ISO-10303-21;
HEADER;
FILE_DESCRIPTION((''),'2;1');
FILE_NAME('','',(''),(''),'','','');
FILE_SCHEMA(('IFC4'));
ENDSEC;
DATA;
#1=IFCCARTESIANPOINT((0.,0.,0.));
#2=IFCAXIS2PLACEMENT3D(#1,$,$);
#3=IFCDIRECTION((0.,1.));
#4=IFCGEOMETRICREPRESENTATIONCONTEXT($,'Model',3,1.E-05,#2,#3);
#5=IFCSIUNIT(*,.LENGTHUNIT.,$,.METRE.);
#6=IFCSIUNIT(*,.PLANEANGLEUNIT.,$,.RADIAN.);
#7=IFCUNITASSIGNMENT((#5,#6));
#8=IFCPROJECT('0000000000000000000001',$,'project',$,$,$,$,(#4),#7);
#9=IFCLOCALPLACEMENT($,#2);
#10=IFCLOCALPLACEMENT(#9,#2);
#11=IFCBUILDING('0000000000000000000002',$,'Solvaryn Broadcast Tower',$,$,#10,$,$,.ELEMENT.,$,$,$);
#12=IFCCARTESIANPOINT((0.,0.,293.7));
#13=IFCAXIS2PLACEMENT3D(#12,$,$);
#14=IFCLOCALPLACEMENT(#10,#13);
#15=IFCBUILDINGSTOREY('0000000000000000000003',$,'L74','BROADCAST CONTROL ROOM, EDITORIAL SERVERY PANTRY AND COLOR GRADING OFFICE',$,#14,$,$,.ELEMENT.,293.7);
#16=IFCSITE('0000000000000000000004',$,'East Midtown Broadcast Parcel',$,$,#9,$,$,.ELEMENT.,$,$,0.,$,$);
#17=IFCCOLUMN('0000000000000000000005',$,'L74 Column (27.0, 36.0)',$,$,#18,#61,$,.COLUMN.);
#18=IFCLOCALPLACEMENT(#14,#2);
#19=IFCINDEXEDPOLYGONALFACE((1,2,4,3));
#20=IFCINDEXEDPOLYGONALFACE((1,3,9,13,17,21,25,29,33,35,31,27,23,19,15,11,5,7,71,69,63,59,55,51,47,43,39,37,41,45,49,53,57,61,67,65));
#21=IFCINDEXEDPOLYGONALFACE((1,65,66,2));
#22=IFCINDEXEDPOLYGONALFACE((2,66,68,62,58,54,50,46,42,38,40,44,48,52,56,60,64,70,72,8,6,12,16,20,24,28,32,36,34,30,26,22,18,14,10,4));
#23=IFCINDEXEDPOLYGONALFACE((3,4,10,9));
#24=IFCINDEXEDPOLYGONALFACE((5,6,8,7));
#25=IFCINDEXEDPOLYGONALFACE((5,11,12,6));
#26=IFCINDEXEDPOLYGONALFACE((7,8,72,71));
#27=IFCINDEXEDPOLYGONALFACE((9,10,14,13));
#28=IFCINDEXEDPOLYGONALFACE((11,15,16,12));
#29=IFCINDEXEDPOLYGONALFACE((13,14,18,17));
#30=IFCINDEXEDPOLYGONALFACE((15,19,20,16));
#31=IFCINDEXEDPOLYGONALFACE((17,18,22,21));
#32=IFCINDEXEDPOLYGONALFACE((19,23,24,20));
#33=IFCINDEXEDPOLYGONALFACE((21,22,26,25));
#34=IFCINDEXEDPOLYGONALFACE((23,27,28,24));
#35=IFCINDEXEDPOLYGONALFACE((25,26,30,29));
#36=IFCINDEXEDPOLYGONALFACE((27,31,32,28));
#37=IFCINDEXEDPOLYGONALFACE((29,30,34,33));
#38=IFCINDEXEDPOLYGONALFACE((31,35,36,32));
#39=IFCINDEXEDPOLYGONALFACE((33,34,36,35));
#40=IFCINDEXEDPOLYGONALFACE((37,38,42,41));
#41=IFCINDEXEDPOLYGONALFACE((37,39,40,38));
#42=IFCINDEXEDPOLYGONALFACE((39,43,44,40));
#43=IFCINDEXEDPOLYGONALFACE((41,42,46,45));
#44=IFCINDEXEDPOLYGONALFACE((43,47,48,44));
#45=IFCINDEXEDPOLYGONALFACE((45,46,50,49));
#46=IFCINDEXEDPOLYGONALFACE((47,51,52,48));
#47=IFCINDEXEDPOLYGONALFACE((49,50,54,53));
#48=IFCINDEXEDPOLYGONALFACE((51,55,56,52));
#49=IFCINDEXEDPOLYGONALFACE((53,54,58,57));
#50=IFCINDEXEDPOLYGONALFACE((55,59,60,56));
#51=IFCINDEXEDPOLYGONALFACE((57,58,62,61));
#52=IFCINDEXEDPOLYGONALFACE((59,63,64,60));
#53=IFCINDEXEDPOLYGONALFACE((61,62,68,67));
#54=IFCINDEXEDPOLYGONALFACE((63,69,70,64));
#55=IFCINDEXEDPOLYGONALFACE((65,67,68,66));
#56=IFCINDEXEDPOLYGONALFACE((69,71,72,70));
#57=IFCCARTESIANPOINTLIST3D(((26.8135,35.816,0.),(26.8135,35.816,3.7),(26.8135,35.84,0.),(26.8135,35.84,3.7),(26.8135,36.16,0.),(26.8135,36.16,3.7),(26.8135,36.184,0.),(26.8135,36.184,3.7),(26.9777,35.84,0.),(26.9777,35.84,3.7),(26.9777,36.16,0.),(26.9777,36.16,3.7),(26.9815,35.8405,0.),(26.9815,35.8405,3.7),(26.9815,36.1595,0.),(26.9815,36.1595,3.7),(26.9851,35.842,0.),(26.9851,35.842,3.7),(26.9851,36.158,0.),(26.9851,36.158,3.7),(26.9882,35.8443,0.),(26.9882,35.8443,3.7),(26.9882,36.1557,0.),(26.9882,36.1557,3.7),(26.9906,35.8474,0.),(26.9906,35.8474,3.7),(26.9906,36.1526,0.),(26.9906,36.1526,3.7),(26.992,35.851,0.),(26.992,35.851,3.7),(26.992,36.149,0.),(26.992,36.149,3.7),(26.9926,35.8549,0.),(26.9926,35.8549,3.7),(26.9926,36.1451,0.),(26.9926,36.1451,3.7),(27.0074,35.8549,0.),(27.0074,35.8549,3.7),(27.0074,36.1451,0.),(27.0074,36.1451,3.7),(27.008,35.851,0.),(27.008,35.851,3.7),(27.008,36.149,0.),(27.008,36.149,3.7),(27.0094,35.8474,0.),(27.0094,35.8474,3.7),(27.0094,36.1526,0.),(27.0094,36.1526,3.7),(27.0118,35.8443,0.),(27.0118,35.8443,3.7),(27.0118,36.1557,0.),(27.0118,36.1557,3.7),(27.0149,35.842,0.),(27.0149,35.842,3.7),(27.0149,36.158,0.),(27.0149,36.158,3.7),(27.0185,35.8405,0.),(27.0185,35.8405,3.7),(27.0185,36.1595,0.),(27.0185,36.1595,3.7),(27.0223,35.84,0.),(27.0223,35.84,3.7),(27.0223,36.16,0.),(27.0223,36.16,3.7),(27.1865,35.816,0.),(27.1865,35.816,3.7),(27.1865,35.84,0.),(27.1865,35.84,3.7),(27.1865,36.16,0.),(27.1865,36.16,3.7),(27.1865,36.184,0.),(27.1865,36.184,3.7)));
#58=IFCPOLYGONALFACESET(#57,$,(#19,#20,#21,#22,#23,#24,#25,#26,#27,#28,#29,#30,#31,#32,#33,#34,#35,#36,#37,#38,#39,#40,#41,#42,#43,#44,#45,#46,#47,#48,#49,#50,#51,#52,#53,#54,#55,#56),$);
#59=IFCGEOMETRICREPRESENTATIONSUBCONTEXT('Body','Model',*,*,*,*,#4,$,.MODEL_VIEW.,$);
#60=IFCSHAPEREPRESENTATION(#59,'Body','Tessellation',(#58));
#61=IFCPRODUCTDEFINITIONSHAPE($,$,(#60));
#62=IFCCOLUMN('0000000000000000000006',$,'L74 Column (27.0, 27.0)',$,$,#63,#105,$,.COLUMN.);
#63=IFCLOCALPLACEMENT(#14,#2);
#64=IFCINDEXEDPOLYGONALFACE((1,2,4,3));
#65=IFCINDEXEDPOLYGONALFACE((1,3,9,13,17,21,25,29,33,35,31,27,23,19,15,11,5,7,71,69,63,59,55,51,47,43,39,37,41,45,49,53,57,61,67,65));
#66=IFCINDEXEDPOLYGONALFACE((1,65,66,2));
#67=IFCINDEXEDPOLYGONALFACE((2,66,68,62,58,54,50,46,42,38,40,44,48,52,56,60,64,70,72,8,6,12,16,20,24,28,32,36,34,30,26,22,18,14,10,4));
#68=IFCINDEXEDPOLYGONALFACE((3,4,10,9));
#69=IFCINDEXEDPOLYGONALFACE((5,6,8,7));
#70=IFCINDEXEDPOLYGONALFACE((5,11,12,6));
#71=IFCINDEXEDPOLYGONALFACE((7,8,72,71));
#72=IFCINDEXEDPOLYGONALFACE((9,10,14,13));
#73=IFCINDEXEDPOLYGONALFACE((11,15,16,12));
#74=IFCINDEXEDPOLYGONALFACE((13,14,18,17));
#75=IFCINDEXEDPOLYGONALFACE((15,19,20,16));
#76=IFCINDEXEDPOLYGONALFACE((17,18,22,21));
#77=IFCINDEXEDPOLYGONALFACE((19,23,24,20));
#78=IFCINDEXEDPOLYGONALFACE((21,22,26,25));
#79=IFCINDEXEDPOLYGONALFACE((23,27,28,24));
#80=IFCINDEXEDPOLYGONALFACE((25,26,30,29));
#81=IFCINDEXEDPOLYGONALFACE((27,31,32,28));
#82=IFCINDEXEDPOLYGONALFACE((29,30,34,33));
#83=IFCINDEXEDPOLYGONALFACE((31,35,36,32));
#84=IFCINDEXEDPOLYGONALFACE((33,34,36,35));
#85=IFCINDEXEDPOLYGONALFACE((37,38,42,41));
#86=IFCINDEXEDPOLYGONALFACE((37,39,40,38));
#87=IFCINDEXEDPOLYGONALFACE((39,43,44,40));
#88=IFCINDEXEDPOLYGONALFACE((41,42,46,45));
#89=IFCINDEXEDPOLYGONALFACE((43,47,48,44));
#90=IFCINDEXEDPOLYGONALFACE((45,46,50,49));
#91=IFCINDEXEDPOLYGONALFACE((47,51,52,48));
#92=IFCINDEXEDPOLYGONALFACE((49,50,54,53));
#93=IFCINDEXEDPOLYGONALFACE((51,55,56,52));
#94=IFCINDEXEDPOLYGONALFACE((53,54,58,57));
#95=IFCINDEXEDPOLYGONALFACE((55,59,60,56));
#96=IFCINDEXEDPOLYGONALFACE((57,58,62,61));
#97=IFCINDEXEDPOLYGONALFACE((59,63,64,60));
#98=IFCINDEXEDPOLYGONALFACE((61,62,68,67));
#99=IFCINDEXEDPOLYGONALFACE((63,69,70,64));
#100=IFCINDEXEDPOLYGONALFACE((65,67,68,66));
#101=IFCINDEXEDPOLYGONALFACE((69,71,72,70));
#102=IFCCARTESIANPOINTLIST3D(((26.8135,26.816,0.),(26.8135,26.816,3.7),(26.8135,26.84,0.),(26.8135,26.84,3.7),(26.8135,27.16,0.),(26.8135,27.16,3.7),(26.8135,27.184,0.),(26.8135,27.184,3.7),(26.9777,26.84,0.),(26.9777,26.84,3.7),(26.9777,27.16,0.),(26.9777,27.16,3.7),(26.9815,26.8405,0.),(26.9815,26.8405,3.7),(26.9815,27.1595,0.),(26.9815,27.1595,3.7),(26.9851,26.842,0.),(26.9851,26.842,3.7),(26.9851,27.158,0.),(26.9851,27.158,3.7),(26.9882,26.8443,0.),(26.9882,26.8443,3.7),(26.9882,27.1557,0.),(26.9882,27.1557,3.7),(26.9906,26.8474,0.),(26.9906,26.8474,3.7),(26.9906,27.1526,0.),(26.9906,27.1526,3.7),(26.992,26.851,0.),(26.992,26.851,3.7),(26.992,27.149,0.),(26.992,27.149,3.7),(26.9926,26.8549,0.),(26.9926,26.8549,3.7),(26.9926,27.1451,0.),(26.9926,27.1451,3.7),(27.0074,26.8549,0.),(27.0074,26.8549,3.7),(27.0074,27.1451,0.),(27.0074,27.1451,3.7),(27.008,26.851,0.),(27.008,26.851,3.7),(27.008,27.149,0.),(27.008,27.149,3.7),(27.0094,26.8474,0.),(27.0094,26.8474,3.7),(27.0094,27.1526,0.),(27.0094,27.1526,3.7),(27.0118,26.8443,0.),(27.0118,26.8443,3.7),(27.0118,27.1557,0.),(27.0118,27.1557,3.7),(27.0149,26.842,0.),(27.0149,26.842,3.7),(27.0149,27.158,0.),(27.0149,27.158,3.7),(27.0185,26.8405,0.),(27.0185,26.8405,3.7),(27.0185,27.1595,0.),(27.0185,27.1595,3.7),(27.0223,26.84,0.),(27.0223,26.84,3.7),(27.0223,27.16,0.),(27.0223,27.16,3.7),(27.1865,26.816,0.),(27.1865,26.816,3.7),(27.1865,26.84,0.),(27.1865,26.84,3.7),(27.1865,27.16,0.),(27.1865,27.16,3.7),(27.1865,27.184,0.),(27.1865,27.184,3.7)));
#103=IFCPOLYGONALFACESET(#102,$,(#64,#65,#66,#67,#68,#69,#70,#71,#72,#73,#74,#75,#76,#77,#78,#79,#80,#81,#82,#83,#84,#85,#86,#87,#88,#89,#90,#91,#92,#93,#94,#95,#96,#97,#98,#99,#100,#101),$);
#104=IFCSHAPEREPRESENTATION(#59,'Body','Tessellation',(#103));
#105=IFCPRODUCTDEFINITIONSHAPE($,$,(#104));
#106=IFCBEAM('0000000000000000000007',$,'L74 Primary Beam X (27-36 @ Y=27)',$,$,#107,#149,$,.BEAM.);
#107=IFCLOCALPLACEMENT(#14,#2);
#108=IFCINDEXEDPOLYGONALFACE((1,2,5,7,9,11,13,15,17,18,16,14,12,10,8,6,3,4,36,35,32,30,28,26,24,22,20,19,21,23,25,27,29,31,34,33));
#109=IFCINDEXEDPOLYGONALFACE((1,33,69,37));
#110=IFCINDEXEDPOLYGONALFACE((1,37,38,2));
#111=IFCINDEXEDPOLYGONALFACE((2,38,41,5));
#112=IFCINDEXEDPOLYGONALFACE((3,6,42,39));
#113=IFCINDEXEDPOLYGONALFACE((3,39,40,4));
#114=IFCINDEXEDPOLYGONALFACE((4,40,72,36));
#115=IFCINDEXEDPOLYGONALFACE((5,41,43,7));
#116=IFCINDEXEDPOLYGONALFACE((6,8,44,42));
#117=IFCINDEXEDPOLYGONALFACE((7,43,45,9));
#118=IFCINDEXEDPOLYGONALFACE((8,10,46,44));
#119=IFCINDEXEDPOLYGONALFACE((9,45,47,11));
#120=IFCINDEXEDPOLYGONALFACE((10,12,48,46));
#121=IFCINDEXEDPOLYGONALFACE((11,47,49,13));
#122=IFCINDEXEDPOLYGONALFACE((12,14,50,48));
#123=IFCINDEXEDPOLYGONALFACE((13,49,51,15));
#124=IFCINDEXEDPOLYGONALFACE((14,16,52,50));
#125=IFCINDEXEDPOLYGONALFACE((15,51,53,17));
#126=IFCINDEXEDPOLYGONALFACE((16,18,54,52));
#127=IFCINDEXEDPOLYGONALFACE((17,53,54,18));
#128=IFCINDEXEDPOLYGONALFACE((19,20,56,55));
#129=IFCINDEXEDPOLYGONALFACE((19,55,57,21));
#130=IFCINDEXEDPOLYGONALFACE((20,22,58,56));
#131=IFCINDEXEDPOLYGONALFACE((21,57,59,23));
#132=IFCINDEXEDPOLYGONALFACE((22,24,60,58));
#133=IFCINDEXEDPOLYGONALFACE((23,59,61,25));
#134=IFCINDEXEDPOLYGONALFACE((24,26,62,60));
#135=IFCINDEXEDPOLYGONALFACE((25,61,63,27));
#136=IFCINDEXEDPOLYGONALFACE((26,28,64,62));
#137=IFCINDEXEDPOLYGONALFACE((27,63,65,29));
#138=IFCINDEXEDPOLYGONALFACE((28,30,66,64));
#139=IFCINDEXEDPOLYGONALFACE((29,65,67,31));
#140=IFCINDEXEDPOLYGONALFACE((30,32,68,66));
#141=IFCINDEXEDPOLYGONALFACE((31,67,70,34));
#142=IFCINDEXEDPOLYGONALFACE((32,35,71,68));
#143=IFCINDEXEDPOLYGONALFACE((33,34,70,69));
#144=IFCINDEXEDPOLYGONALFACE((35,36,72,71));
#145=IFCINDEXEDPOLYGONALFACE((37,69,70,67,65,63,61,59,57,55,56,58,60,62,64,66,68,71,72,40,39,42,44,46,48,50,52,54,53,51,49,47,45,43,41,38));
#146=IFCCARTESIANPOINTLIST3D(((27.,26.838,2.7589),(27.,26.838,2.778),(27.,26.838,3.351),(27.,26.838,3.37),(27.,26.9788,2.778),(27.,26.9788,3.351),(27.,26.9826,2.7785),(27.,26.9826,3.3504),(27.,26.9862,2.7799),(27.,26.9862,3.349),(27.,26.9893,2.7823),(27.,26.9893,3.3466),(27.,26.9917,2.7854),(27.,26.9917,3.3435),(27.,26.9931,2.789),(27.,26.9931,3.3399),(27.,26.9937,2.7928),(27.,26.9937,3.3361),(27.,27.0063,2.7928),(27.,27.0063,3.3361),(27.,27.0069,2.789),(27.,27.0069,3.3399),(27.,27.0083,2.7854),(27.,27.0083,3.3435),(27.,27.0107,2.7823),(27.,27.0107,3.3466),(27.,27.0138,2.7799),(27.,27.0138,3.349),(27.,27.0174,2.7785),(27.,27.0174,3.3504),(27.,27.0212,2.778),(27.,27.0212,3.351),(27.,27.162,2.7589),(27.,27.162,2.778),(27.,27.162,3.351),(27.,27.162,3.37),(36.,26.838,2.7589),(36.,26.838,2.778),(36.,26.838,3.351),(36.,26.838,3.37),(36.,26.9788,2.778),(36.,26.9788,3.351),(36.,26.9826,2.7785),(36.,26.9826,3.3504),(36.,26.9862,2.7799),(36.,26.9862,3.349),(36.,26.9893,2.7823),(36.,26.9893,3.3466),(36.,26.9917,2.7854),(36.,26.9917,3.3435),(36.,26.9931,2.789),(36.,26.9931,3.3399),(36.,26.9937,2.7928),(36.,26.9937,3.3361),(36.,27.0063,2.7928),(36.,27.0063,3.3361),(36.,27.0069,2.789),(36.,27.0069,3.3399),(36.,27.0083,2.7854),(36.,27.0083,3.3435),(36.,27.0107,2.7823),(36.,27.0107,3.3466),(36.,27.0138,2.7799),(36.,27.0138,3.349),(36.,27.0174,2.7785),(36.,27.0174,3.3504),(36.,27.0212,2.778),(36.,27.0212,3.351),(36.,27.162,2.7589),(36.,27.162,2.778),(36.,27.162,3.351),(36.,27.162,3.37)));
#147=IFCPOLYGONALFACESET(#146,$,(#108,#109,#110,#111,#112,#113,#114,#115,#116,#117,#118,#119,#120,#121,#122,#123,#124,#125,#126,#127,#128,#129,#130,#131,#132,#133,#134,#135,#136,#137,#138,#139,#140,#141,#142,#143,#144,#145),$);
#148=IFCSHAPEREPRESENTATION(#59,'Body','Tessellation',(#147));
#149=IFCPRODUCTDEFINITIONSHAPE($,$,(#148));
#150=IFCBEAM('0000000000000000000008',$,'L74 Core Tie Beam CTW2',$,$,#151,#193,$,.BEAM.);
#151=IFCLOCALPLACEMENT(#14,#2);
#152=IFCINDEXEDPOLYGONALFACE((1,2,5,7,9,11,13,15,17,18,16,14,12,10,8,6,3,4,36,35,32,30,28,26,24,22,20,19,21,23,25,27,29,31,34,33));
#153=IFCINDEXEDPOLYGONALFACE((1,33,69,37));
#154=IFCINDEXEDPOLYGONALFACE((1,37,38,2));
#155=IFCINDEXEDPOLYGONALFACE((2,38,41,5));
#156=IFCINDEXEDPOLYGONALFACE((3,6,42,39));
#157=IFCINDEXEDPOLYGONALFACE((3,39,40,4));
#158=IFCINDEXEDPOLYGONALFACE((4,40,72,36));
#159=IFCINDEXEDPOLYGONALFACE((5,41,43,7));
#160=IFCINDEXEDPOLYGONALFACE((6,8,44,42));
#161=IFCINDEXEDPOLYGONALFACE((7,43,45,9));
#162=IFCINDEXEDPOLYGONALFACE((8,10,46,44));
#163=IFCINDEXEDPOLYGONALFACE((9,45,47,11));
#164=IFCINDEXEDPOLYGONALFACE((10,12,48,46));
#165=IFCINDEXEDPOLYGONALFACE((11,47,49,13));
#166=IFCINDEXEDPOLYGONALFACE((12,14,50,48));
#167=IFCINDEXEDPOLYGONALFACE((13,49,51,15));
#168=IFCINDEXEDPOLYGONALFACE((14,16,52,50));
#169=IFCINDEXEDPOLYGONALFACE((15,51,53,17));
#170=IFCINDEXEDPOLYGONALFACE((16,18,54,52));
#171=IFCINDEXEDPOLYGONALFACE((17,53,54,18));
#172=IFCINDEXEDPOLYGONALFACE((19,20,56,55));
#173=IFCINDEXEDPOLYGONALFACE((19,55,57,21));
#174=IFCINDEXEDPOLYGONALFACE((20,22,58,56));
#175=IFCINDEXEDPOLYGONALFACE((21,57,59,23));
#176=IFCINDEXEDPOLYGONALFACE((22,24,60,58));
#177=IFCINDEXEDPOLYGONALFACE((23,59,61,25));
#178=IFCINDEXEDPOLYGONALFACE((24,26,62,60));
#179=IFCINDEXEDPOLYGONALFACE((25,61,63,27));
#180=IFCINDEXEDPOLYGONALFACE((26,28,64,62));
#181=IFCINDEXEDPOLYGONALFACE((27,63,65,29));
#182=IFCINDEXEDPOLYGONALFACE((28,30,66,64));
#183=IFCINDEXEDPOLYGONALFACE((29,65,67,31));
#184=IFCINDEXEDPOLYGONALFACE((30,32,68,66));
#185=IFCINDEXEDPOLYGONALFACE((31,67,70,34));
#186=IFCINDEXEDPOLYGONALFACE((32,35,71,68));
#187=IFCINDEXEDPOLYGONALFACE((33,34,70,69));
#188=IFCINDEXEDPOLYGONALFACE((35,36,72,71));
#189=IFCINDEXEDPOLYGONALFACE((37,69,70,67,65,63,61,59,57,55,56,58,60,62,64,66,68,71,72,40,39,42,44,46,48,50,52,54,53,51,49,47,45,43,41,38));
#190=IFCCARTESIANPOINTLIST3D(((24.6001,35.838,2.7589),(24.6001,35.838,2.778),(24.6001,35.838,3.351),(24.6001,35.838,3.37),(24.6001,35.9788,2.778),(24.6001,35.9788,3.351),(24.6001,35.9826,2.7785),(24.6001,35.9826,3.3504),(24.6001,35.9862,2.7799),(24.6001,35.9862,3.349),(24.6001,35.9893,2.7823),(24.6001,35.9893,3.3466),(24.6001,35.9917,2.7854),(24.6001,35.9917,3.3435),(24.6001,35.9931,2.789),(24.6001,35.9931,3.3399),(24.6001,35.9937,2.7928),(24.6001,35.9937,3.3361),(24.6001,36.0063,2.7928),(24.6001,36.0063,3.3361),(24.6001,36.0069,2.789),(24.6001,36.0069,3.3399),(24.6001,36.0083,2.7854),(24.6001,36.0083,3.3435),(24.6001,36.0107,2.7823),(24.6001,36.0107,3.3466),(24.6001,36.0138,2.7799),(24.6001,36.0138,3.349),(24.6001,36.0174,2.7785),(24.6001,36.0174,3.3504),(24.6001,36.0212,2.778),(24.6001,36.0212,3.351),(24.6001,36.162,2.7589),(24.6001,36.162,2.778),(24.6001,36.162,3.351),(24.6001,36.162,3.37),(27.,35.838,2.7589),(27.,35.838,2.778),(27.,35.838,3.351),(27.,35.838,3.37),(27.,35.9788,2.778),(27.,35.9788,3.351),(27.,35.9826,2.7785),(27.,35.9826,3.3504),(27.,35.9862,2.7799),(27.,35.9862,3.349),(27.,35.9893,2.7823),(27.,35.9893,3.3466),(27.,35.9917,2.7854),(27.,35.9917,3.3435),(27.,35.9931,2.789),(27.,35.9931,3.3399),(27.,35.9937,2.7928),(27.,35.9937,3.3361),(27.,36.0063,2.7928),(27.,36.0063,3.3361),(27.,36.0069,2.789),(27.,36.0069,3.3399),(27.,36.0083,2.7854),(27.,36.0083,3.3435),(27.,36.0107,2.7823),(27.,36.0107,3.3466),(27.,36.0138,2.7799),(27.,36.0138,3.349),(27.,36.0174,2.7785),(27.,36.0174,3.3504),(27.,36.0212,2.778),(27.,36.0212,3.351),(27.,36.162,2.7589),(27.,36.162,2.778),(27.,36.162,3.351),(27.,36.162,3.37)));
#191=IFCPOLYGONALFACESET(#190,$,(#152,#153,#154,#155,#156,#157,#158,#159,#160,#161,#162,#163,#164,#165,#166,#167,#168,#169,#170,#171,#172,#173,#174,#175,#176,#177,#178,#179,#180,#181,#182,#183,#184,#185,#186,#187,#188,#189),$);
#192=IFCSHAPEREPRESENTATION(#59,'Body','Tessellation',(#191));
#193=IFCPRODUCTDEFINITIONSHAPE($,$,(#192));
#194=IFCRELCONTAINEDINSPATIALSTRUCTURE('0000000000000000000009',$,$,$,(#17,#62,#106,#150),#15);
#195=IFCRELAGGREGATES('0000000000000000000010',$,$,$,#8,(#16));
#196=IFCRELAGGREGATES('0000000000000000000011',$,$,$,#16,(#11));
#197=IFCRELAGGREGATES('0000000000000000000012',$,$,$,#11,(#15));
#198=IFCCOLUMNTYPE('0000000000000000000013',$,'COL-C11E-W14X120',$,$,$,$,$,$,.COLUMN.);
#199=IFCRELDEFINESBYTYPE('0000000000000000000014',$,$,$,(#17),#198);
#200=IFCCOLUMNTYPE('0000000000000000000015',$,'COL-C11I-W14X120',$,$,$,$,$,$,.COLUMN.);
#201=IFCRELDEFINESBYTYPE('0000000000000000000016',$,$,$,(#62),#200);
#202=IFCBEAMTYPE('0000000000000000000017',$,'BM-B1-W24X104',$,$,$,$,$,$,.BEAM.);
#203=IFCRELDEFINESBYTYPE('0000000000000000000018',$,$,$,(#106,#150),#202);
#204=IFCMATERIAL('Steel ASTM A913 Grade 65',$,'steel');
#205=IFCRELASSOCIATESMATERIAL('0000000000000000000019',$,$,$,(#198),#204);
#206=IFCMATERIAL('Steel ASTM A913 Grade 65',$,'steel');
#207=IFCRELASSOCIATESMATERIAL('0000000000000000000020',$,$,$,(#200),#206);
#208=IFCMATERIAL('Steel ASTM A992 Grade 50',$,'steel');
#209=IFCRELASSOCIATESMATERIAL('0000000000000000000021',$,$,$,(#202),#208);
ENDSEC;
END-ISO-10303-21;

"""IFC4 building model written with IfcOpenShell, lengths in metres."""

from ifc_helpers import new_model, si_unit, direction, frame, origin, origin_2d, place, context, subcontext, project, spatial, i_section, extrude, material, material_profile, profile_set, type_object, element, save


model = new_model("IFC4")

# Units and contexts
model_context = context("Model", 3, precision=1e-05, world=origin(), true_north=direction((0.0, 1.0)))
body_context = subcontext(model_context, "Body", "Model", "MODEL_VIEW")
ifc_project = project(units=[si_unit("LENGTHUNIT", "METRE"), si_unit("PLANEANGLEUNIT", "RADIAN")], contexts=[model_context])

# Site, building, storey
site_placement = place(None, origin())
site = spatial("IfcSite", under=ifc_project, at=site_placement, Name="East Midtown Broadcast Parcel", CompositionType="ELEMENT", RefElevation=0.0)
building_placement = place(site_placement, origin())
building = spatial("IfcBuilding", under=site, at=building_placement, Name="Solvaryn Broadcast Tower", CompositionType="ELEMENT")
storey_placement = place(building_placement, frame((0.0, 0.0, 293.7)))
storey = spatial("IfcBuildingStorey", under=building, at=storey_placement, Name="L74", Description="BROADCAST CONTROL ROOM, EDITORIAL SERVERY PANTRY AND COLOR GRADING OFFICE", CompositionType="ELEMENT", Elevation=293.7)

# Columns
ifc_material_1 = material(Name="Steel ASTM A913 Grade 65", Category="steel")
ifc_material_profile_1 = material_profile(ifc_material_1, i_section(OverallWidth=0.373, OverallDepth=0.3679, WebThickness=0.0149, FlangeThickness=0.0239, FilletRadius=0.0149, at=origin_2d()))
ifc_profile_set_1 = profile_set([ifc_material_profile_1], Name="Steel ASTM A913 Grade 65")
column_type_1 = type_object("IfcColumnType", Name="COL-C11E-W14X120", PredefinedType="COLUMN", material=ifc_profile_set_1)
column_1_placement = place(storey_placement, frame((27.0, 36.0, 0.0), z_axis=(0.0, 0.0, 1.0), x_axis=(1.0, 0.0, 0.0)))
element("IfcColumn", 1, at=column_1_placement, inside=storey, type_object=column_type_1, Name="L74 Column (27.0, 36.0)", PredefinedType="COLUMN", context=body_context, shape_type="SweptSolid", body=[
    extrude(i_section(OverallWidth=0.373, OverallDepth=0.3679, WebThickness=0.0149, FlangeThickness=0.0239, FilletRadius=0.0149, at=origin_2d()), origin(), (0.0, 0.0, 1.0), 3.7),
])
ifc_material_2 = material(Name="Steel ASTM A913 Grade 65", Category="steel")
ifc_material_profile_2 = material_profile(ifc_material_2, i_section(OverallWidth=0.373, OverallDepth=0.3679, WebThickness=0.0149, FlangeThickness=0.0239, FilletRadius=0.0149, at=origin_2d()))
ifc_profile_set_2 = profile_set([ifc_material_profile_2], Name="Steel ASTM A913 Grade 65")
column_type_2 = type_object("IfcColumnType", Name="COL-C11I-W14X120", PredefinedType="COLUMN", material=ifc_profile_set_2)
column_2_placement = place(storey_placement, frame((27.0, 27.0, 0.0), z_axis=(0.0, 0.0, 1.0), x_axis=(1.0, 0.0, 0.0)))
element("IfcColumn", 2, at=column_2_placement, inside=storey, type_object=column_type_2, Name="L74 Column (27.0, 27.0)", PredefinedType="COLUMN", context=body_context, shape_type="SweptSolid", body=[
    extrude(i_section(OverallWidth=0.373, OverallDepth=0.3679, WebThickness=0.0149, FlangeThickness=0.0239, FilletRadius=0.0149, at=origin_2d()), origin(), (0.0, 0.0, 1.0), 3.7),
])

# Beams
ifc_material_3 = material(Name="Steel ASTM A992 Grade 50", Category="steel")
ifc_material_profile_3 = material_profile(ifc_material_3, i_section(OverallWidth=0.324, OverallDepth=0.6111, WebThickness=0.0127, FlangeThickness=0.019, FilletRadius=0.0149, at=origin_2d()))
ifc_profile_set_3 = profile_set([ifc_material_profile_3], Name="Steel ASTM A992 Grade 50")
beam_type_1 = type_object("IfcBeamType", Name="BM-B1-W24X104", PredefinedType="BEAM", material=ifc_profile_set_3)
beam_1_placement = place(storey_placement, frame((27.0, 27.0, 3.0645), z_axis=(1.0, 0.0, 0.0), x_axis=(0.0, 1.0, 0.0)))
element("IfcBeam", 3, at=beam_1_placement, inside=storey, type_object=beam_type_1, Name="L74 Primary Beam X (27-36 @ Y=27)", PredefinedType="BEAM", context=body_context, shape_type="SweptSolid", body=[
    extrude(i_section(OverallWidth=0.324, OverallDepth=0.6111, WebThickness=0.0127, FlangeThickness=0.019, FilletRadius=0.0149, at=origin_2d()), origin(), (0.0, 0.0, 1.0), 9.0),
])
beam_2_placement = place(storey_placement, frame((24.6001, 36.0, 3.0645), z_axis=(1.0, 0.0, 0.0), x_axis=(0.0, 1.0, 0.0)))
element("IfcBeam", 4, at=beam_2_placement, inside=storey, type_object=beam_type_1, Name="L74 Core Tie Beam CTW2", PredefinedType="BEAM", context=body_context, shape_type="SweptSolid", body=[
    extrude(i_section(OverallWidth=0.324, OverallDepth=0.6111, WebThickness=0.0127, FlangeThickness=0.019, FilletRadius=0.0149, at=origin_2d()), origin(), (0.0, 0.0, 1.0), 2.3999),
])

save(model, "model.ifc")
